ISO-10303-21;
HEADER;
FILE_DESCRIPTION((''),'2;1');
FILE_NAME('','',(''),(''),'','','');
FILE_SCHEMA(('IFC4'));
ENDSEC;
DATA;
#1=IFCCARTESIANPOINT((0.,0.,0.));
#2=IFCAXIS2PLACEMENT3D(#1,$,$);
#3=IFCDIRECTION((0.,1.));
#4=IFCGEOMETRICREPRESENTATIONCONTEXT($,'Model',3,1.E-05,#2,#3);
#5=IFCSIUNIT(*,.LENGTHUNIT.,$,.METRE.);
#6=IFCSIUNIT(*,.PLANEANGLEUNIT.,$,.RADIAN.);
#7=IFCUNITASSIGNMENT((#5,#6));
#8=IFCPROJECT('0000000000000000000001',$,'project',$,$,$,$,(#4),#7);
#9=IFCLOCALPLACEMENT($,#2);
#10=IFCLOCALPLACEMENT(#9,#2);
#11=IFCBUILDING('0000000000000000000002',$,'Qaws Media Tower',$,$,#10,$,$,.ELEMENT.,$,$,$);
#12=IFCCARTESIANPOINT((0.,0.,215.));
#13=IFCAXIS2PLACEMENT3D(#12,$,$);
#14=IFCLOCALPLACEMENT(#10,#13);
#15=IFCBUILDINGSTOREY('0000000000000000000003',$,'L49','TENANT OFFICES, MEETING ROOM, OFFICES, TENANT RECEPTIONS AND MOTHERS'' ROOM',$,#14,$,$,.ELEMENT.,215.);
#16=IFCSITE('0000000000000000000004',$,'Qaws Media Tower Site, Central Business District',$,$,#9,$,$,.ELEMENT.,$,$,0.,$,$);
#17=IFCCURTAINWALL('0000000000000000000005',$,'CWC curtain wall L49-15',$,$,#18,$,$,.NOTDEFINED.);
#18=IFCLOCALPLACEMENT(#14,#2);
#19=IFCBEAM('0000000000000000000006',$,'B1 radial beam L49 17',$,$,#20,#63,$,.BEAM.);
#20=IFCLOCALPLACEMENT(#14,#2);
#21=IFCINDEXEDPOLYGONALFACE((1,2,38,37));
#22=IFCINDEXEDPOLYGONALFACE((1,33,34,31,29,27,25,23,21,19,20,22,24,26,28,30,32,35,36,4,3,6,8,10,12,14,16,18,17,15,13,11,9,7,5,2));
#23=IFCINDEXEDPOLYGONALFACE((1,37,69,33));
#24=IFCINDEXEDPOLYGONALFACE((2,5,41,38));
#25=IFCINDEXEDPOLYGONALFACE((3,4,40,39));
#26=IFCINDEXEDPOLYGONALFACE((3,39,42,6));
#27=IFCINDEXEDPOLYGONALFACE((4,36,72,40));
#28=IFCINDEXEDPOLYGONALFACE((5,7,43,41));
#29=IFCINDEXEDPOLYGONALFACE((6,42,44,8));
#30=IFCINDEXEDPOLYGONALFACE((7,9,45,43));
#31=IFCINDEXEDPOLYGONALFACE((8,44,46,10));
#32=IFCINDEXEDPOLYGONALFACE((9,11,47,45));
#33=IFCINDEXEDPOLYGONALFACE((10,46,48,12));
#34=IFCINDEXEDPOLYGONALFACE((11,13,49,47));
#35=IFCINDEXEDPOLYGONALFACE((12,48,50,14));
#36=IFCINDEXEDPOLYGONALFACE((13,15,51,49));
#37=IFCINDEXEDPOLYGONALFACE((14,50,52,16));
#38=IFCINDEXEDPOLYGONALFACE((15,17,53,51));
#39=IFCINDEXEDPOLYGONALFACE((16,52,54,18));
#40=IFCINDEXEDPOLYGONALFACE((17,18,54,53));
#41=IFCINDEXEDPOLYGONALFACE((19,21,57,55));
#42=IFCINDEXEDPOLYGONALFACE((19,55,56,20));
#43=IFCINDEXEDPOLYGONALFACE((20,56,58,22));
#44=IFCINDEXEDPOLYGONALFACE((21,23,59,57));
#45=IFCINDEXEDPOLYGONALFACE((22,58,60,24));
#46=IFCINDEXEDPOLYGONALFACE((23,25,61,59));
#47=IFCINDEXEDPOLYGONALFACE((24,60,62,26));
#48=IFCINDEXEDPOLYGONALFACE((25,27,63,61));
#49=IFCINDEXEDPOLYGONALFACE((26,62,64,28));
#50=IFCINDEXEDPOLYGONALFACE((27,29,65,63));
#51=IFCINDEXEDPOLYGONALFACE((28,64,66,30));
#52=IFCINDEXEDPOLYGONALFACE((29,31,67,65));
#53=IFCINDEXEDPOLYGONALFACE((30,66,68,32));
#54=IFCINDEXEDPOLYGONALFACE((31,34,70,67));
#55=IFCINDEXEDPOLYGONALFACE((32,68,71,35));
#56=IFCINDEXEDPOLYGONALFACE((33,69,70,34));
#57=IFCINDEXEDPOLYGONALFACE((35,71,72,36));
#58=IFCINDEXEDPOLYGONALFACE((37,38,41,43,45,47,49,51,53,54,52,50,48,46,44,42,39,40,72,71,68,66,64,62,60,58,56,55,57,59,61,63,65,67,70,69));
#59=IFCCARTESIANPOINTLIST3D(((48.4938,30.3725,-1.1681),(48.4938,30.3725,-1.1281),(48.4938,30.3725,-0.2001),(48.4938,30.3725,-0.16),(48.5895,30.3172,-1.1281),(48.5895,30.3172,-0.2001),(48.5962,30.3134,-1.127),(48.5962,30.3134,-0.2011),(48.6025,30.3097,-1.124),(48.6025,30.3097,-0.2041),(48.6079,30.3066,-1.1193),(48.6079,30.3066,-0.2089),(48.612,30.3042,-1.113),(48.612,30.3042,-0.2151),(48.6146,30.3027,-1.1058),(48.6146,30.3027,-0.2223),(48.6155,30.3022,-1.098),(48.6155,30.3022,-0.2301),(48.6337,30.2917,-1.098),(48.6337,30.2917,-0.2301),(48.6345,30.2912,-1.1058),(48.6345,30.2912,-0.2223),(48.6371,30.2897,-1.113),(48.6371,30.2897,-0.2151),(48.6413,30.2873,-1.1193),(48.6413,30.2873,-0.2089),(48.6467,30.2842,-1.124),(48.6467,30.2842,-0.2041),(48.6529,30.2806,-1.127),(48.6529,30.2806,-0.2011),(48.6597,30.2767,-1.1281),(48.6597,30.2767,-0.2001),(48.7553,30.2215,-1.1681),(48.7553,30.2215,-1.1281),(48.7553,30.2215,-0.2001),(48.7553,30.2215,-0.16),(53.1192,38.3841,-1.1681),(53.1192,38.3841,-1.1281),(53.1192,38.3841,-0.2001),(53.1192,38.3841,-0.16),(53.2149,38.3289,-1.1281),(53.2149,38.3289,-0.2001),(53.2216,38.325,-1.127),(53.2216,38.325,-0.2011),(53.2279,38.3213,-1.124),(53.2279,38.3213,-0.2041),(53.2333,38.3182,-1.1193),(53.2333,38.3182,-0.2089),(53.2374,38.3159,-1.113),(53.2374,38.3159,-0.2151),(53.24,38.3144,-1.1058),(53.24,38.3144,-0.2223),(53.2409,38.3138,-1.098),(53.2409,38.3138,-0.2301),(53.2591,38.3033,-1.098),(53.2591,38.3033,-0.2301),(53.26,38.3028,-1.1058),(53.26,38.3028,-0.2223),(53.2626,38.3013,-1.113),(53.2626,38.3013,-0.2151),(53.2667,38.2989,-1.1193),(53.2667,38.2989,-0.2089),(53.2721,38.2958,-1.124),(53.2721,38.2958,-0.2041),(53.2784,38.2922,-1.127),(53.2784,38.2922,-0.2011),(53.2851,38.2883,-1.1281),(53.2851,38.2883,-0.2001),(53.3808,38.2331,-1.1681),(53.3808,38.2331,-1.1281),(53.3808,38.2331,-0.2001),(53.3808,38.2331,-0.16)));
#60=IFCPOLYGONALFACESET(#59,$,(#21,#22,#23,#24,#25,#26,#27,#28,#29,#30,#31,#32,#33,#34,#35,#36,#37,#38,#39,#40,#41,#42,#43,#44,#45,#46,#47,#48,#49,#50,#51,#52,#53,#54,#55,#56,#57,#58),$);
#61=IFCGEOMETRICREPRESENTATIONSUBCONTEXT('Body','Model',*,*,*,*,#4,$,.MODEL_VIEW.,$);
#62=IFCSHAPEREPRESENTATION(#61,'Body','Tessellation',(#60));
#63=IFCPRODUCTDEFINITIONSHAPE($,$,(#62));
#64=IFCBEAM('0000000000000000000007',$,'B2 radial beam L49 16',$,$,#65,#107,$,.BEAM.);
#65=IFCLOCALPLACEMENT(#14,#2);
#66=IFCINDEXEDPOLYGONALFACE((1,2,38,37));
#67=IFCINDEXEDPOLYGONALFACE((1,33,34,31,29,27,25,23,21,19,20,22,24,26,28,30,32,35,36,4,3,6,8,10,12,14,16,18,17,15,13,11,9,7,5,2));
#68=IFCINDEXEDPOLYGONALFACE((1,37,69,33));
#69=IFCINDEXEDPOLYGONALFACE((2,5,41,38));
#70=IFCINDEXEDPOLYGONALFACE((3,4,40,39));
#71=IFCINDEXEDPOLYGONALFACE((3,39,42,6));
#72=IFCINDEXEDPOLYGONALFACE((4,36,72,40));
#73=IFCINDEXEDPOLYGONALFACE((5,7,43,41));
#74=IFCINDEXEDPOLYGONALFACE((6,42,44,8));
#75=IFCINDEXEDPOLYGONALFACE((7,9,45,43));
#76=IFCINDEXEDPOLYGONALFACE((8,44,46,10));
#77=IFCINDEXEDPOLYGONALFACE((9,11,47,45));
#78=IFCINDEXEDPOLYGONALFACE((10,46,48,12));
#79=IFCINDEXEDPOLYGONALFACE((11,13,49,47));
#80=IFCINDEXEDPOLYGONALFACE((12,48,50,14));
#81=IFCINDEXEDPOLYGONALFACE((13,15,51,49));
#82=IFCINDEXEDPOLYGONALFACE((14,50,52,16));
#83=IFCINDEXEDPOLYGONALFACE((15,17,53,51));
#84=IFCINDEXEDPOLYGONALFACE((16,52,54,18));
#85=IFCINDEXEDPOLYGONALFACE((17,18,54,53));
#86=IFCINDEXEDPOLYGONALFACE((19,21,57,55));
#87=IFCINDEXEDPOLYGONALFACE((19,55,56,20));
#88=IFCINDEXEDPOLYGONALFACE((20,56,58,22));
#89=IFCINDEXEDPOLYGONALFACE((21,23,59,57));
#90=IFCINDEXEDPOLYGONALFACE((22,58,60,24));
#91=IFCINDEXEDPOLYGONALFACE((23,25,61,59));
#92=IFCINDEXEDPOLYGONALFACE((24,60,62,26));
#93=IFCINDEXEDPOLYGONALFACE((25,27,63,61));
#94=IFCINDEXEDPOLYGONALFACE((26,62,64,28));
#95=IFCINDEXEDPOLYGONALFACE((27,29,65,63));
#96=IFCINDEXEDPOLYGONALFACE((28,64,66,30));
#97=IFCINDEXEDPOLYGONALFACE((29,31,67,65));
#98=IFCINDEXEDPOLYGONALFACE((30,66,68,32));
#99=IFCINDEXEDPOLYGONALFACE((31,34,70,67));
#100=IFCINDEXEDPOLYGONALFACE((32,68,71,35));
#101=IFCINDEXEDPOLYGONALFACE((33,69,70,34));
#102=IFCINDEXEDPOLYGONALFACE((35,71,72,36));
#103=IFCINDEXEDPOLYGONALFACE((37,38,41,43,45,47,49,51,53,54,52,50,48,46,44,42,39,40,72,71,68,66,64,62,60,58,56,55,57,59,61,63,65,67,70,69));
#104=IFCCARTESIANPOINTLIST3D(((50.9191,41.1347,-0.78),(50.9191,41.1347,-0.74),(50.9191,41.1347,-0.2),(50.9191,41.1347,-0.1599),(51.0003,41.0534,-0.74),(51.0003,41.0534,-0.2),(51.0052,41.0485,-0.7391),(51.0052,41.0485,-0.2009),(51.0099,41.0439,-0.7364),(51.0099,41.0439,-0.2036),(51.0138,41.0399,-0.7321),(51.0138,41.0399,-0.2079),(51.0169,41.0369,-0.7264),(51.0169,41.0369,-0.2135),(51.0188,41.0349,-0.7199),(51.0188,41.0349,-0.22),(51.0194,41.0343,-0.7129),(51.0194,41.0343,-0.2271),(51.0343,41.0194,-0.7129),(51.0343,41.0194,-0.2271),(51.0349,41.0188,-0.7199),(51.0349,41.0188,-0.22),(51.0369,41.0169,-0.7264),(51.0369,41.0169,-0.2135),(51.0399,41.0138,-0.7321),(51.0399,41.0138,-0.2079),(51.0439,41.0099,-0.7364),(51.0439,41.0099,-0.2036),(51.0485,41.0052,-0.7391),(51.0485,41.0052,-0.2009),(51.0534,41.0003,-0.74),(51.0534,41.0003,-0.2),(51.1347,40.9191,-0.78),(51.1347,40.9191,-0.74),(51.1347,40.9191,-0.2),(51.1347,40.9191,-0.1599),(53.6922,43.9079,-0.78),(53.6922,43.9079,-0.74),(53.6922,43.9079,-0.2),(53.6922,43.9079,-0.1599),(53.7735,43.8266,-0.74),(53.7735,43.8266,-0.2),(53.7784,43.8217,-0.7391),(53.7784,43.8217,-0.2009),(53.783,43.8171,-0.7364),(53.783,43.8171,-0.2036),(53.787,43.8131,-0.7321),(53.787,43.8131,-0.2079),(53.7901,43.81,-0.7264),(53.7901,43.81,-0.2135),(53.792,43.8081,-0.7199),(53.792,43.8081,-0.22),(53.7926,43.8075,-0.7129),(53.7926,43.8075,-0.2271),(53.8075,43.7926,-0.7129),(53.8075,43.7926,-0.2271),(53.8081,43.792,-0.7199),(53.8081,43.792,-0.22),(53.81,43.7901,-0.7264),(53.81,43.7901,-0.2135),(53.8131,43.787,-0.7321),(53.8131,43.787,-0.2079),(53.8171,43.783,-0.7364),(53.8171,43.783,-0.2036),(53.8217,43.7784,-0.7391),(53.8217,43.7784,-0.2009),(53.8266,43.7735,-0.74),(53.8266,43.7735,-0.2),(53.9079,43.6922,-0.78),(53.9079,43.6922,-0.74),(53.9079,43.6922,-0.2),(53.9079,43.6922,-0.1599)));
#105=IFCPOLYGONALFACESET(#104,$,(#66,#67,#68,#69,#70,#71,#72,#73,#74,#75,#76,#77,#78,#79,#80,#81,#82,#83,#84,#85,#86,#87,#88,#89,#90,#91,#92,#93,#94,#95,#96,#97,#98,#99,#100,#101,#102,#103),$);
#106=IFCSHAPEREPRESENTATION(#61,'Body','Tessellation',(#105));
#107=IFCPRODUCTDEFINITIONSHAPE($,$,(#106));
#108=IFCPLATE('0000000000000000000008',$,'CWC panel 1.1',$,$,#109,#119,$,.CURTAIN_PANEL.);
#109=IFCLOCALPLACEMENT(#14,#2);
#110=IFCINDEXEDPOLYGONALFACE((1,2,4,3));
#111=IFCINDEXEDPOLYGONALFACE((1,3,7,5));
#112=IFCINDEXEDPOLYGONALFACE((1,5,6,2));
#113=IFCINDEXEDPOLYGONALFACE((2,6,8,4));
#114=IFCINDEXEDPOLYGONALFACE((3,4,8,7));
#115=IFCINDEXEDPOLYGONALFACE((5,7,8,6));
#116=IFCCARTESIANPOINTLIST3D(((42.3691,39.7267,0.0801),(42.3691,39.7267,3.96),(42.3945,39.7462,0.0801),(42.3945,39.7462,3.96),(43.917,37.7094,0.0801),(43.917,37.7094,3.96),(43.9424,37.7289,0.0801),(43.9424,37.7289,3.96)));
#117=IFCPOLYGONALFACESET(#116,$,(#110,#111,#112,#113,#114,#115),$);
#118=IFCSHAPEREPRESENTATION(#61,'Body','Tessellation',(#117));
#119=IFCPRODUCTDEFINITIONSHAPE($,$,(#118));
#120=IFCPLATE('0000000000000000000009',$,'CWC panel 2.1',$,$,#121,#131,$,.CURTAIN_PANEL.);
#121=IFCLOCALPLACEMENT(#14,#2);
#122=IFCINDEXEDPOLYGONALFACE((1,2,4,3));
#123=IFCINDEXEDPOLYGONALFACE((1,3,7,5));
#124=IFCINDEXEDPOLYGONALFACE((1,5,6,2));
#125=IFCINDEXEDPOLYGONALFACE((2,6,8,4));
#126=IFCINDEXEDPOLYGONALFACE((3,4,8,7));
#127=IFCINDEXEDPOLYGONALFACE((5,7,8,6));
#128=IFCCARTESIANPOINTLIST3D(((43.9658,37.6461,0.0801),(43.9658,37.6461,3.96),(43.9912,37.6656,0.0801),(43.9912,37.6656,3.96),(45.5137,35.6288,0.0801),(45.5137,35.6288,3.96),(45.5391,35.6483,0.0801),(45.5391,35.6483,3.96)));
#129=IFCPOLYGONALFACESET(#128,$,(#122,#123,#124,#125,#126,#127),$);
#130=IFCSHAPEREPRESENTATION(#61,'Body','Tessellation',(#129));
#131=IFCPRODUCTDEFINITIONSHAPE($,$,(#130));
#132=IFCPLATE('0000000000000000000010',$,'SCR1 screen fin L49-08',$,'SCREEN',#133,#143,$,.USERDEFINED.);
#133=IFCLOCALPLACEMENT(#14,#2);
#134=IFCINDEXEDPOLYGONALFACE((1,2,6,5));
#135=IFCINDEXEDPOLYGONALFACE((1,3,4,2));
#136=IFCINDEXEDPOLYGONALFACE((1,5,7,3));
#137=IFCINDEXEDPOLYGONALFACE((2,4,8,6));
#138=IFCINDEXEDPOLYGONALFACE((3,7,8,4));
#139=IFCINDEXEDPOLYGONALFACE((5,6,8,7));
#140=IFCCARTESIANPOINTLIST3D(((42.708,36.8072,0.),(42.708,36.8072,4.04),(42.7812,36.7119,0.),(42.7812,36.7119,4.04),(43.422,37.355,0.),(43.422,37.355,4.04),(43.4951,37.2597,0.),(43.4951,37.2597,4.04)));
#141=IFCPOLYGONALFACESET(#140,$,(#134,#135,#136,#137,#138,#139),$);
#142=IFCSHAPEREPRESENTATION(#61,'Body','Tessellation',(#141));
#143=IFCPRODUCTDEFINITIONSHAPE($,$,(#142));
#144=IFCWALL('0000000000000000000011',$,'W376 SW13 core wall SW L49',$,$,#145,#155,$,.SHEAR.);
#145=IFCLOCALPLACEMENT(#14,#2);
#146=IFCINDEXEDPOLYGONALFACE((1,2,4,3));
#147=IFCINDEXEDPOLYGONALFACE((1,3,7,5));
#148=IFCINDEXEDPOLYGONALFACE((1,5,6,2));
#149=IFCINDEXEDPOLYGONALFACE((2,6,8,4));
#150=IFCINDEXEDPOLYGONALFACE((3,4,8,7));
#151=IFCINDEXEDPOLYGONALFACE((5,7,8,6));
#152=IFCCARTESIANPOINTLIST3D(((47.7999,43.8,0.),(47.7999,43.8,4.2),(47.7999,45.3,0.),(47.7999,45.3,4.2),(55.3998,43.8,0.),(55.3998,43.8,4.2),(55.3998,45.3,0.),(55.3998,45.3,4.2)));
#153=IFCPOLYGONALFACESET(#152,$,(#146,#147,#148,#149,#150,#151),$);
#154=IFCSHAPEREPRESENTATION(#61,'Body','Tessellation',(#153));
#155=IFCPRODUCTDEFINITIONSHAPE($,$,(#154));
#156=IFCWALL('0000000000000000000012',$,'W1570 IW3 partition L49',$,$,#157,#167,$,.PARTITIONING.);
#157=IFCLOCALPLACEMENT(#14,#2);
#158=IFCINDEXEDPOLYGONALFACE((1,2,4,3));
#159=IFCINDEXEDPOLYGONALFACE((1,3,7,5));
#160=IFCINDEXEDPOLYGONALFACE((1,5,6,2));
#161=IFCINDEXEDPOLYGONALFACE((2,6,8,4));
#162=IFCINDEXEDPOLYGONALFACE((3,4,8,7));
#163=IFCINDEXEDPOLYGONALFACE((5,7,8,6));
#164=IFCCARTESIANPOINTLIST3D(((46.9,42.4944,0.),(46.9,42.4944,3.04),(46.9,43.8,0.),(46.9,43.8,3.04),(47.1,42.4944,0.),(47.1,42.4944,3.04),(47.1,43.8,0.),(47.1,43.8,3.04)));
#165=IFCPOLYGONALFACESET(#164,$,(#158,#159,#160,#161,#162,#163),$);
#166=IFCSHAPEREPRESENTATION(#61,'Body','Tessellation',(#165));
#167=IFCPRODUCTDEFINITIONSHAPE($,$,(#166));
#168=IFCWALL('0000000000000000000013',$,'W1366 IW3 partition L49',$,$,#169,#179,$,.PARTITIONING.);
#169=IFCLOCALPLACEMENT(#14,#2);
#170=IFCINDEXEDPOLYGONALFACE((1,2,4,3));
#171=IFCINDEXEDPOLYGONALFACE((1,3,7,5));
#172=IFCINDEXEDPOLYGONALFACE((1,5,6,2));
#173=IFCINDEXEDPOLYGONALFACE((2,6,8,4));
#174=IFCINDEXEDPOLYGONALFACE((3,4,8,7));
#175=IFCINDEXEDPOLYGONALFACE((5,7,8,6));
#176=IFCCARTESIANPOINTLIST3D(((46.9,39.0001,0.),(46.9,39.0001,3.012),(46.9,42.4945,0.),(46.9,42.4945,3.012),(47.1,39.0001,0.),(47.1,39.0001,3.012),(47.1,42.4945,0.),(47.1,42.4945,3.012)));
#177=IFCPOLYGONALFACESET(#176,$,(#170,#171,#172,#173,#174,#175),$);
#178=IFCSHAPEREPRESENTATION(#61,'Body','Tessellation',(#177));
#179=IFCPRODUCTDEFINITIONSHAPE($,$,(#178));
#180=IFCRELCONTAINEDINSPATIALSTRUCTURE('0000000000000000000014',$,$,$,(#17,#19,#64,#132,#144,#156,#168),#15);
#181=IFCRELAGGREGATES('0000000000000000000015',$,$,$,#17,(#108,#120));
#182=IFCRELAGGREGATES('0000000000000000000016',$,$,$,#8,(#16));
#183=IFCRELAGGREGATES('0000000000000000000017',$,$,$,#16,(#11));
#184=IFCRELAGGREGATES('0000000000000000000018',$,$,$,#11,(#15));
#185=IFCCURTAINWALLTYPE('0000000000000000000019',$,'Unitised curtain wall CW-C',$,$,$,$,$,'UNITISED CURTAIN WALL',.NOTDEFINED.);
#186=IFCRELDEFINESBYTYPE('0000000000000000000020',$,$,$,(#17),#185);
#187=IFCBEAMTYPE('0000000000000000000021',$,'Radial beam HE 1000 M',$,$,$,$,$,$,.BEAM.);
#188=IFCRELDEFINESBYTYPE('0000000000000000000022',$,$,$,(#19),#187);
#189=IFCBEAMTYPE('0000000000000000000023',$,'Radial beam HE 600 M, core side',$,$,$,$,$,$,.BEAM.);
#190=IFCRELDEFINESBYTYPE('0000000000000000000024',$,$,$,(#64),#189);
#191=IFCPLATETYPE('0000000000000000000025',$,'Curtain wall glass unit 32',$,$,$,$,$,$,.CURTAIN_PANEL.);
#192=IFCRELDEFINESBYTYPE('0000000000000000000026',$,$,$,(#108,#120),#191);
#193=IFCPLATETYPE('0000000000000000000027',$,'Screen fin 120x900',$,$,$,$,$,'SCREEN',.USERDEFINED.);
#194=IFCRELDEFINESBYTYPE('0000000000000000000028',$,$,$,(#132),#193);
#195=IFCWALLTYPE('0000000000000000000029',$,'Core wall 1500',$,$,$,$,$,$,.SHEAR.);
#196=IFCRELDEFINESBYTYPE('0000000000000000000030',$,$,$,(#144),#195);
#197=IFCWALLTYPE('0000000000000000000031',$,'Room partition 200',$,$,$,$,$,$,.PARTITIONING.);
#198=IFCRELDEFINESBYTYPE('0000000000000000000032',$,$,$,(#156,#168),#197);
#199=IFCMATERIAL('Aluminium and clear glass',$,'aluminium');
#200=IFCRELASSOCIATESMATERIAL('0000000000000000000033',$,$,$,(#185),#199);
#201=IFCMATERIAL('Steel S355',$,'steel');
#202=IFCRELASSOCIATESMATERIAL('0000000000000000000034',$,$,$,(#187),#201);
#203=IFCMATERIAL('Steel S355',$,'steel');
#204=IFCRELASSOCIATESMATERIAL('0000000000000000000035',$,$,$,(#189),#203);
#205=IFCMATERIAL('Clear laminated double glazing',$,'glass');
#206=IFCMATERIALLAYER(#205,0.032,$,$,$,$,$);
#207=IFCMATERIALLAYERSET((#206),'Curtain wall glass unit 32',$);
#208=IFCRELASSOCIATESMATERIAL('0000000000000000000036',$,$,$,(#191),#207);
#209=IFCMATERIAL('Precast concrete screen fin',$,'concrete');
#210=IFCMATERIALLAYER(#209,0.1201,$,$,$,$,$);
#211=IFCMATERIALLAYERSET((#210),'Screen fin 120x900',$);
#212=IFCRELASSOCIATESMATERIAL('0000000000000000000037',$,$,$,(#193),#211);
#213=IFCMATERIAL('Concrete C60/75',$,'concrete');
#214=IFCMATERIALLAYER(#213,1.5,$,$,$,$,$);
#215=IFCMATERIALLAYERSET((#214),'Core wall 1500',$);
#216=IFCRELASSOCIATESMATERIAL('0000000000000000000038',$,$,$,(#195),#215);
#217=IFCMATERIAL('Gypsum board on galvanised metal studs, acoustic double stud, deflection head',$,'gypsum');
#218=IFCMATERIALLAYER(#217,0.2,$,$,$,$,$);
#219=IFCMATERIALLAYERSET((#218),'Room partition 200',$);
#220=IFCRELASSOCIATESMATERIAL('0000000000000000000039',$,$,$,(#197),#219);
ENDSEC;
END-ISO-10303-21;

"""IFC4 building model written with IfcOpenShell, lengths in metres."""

from ifc_helpers import new_model, si_unit, direction, frame, frame_2d, origin, origin_2d, place, context, subcontext, project, spatial, rectangle, i_section, extrude, material, layer, layer_set, material_profile, profile_set, type_object, element, aggregate, save


model = new_model("IFC4")

# Units and contexts
model_context = context("Model", 3, precision=1e-05, world=origin(), true_north=direction((0.0, 1.0)))
body_context = subcontext(model_context, "Body", "Model", "MODEL_VIEW")
ifc_project = project(units=[si_unit("LENGTHUNIT", "METRE"), si_unit("PLANEANGLEUNIT", "RADIAN")], contexts=[model_context])

# Site, building, storey
site_placement = place(None, origin())
site = spatial("IfcSite", under=ifc_project, at=site_placement, Name="Qaws Media Tower Site, Central Business District", CompositionType="ELEMENT", RefElevation=0.0)
building_placement = place(site_placement, origin())
building = spatial("IfcBuilding", under=site, at=building_placement, Name="Qaws Media Tower", CompositionType="ELEMENT")
storey_placement = place(building_placement, frame((0.0, 0.0, 215.0)))
storey = spatial("IfcBuildingStorey", under=building, at=storey_placement, Name="L49", Description="TENANT OFFICES, MEETING ROOM, OFFICES, TENANT RECEPTIONS AND MOTHERS' ROOM", CompositionType="ELEMENT", Elevation=215.0)

# Shared definitions
ifc_material_1 = material(Name="Aluminium and clear glass", Category="aluminium")
curtain_wall_type = type_object("IfcCurtainWallType", Name="Unitised curtain wall CW-C", ElementType="UNITISED CURTAIN WALL", PredefinedType="NOTDEFINED", material=ifc_material_1)

# Curtain wall
curtain_wall_1_placement = place(storey_placement, origin())
curtain_wall_1 = element("IfcCurtainWall", 1, at=curtain_wall_1_placement, inside=storey, type_object=curtain_wall_type, Name="CWC curtain wall L49-15", PredefinedType="NOTDEFINED")

# Beams
ifc_material_2 = material(Name="Steel S355", Category="steel")
ifc_material_profile_1 = material_profile(ifc_material_2, i_section(OverallWidth=0.302, OverallDepth=1.0081, WebThickness=0.021, FlangeThickness=0.04, FilletRadius=0.03, at=origin_2d()), Name="HE 1000 M")
ifc_profile_set_1 = profile_set([ifc_material_profile_1], Name="Steel S355")
beam_type_1 = type_object("IfcBeamType", Name="Radial beam HE 1000 M", PredefinedType="BEAM", material=ifc_profile_set_1)
beam_1_placement = place(storey_placement, frame((53.25, 38.3086, -0.6641), z_axis=(-0.499994, -0.866029, 0.0), x_axis=(0.866029, -0.499994, 0.0)))
element("IfcBeam", 2, at=beam_1_placement, inside=storey, type_object=beam_type_1, Name="B1 radial beam L49 17", PredefinedType="BEAM", context=body_context, shape_type="SweptSolid", body=[
    extrude(i_section(OverallWidth=0.302, OverallDepth=1.0081, WebThickness=0.021, FlangeThickness=0.04, FilletRadius=0.03, at=origin_2d()), origin(), (0.0, 0.0, 1.0), 9.251),
])
ifc_material_3 = material(Name="Steel S355", Category="steel")
ifc_material_profile_2 = material_profile(ifc_material_3, i_section(OverallWidth=0.3049, OverallDepth=0.6201, WebThickness=0.021, FlangeThickness=0.04, FilletRadius=0.0271, at=origin_2d()), Name="HE 600 M")
ifc_profile_set_2 = profile_set([ifc_material_profile_2], Name="Steel S355")
beam_type_2 = type_object("IfcBeamType", Name="Radial beam HE 600 M, core side", PredefinedType="BEAM", material=ifc_profile_set_2)
beam_2_placement = place(storey_placement, frame((53.8, 43.8, -0.47), z_axis=(-0.707107, -0.707107, 0.0), x_axis=(0.707107, -0.707107, 0.0)))
element("IfcBeam", 3, at=beam_2_placement, inside=storey, type_object=beam_type_2, Name="B2 radial beam L49 16", PredefinedType="BEAM", context=body_context, shape_type="SweptSolid", body=[
    extrude(i_section(OverallWidth=0.3049, OverallDepth=0.6201, WebThickness=0.021, FlangeThickness=0.04, FilletRadius=0.0271, at=origin_2d()), origin(), (0.0, 0.0, 1.0), 3.9219),
])

# Plates
ifc_material_4 = material(Name="Clear laminated double glazing", Category="glass")
ifc_layer_1 = layer(ifc_material_4, 0.032)
ifc_layer_set_1 = layer_set([ifc_layer_1], Name="Curtain wall glass unit 32")
plate_type_1 = type_object("IfcPlateType", Name="Curtain wall glass unit 32", PredefinedType="CURTAIN_PANEL", material=ifc_layer_set_1)
plate_1_placement = place(storey_placement, frame((43.1558, 38.7278, 0.0801), z_axis=(0.0, 0.0, 1.0), x_axis=(0.608761, -0.793353, 0.0)))
plate_1 = element("IfcPlate", 4, at=plate_1_placement, type_object=plate_type_1, Name="CWC panel 1.1", PredefinedType="CURTAIN_PANEL", context=body_context, shape_type="SweptSolid", body=[
    extrude(rectangle(XDim=2.5427, YDim=0.032, at=origin_2d()), origin(), (0.0, 0.0, 1.0), 3.8799),
])
plate_2_placement = place(storey_placement, frame((44.7524, 36.6472, 0.0801), z_axis=(0.0, 0.0, 1.0), x_axis=(0.608761, -0.793353, 0.0)))
plate_2 = element("IfcPlate", 5, at=plate_2_placement, type_object=plate_type_1, Name="CWC panel 2.1", PredefinedType="CURTAIN_PANEL", context=body_context, shape_type="SweptSolid", body=[
    extrude(rectangle(XDim=2.5427, YDim=0.032, at=origin_2d()), origin(), (0.0, 0.0, 1.0), 3.8799),
])
aggregate(curtain_wall_1, [plate_1, plate_2])
ifc_material_5 = material(Name="Precast concrete screen fin", Category="concrete")
ifc_layer_2 = layer(ifc_material_5, 0.1201)
ifc_layer_set_2 = layer_set([ifc_layer_2], Name="Screen fin 120x900")
plate_type_2 = type_object("IfcPlateType", Name="Screen fin 120x900", ElementType="SCREEN", PredefinedType="USERDEFINED", material=ifc_layer_set_2)
plate_3_placement = place(storey_placement, frame((43.1016, 37.0334, 0.0), z_axis=(0.0, 0.0, 1.0), x_axis=(-0.793353, -0.608761, 0.0)))
element("IfcPlate", 6, at=plate_3_placement, inside=storey, type_object=plate_type_2, Name="SCR1 screen fin L49-08", ObjectType="SCREEN", PredefinedType="USERDEFINED", context=body_context, shape_type="SweptSolid", body=[
    extrude(rectangle(XDim=0.8999, YDim=0.1201, at=origin_2d()), origin(), (0.0, 0.0, 1.0), 4.04),
])

# Walls
ifc_material_6 = material(Name="Concrete C60/75", Category="concrete")
ifc_layer_3 = layer(ifc_material_6, 1.5)
ifc_layer_set_3 = layer_set([ifc_layer_3], Name="Core wall 1500")
wall_type_1 = type_object("IfcWallType", Name="Core wall 1500", PredefinedType="SHEAR", material=ifc_layer_set_3)
wall_1_placement = place(storey_placement, frame((47.8, 44.55, 0.0), z_axis=(0.0, 0.0, 1.0), x_axis=(1.0, 0.0, 0.0)))
element("IfcWall", 7, at=wall_1_placement, inside=storey, type_object=wall_type_1, Name="W376 SW13 core wall SW L49", PredefinedType="SHEAR", context=body_context, shape_type="SweptSolid", body=[
    extrude(rectangle(XDim=7.5999, YDim=1.5, at=frame_2d((3.7998, 0.0))), origin(), (0.0, 0.0, 1.0), 4.2),
])
ifc_material_7 = material(Name="Gypsum board on galvanised metal studs, acoustic double stud, deflection head", Category="gypsum")
ifc_layer_4 = layer(ifc_material_7, 0.2)
ifc_layer_set_4 = layer_set([ifc_layer_4], Name="Room partition 200")
wall_type_2 = type_object("IfcWallType", Name="Room partition 200", PredefinedType="PARTITIONING", material=ifc_layer_set_4)
wall_2_placement = place(storey_placement, frame((47.0, 43.8, 0.0), z_axis=(0.0, 0.0, 1.0), x_axis=(0.0, -1.0, 0.0)))
element("IfcWall", 8, at=wall_2_placement, inside=storey, type_object=wall_type_2, Name="W1570 IW3 partition L49", PredefinedType="PARTITIONING", context=body_context, shape_type="SweptSolid", body=[
    extrude(rectangle(XDim=1.3057, YDim=0.2, at=frame_2d((0.6528, 0.0))), origin(), (0.0, 0.0, 1.0), 3.04),
])
wall_3_placement = place(storey_placement, frame((47.0, 42.4944, 0.0), z_axis=(0.0, 0.0, 1.0), x_axis=(0.0, -1.0, 0.0)))
element("IfcWall", 9, at=wall_3_placement, inside=storey, type_object=wall_type_2, Name="W1366 IW3 partition L49", PredefinedType="PARTITIONING", context=body_context, shape_type="SweptSolid", body=[
    extrude(rectangle(XDim=3.4944, YDim=0.2, at=frame_2d((1.7471, 0.0))), origin(), (0.0, 0.0, 1.0), 3.012),
])

save(model, "model.ifc")
